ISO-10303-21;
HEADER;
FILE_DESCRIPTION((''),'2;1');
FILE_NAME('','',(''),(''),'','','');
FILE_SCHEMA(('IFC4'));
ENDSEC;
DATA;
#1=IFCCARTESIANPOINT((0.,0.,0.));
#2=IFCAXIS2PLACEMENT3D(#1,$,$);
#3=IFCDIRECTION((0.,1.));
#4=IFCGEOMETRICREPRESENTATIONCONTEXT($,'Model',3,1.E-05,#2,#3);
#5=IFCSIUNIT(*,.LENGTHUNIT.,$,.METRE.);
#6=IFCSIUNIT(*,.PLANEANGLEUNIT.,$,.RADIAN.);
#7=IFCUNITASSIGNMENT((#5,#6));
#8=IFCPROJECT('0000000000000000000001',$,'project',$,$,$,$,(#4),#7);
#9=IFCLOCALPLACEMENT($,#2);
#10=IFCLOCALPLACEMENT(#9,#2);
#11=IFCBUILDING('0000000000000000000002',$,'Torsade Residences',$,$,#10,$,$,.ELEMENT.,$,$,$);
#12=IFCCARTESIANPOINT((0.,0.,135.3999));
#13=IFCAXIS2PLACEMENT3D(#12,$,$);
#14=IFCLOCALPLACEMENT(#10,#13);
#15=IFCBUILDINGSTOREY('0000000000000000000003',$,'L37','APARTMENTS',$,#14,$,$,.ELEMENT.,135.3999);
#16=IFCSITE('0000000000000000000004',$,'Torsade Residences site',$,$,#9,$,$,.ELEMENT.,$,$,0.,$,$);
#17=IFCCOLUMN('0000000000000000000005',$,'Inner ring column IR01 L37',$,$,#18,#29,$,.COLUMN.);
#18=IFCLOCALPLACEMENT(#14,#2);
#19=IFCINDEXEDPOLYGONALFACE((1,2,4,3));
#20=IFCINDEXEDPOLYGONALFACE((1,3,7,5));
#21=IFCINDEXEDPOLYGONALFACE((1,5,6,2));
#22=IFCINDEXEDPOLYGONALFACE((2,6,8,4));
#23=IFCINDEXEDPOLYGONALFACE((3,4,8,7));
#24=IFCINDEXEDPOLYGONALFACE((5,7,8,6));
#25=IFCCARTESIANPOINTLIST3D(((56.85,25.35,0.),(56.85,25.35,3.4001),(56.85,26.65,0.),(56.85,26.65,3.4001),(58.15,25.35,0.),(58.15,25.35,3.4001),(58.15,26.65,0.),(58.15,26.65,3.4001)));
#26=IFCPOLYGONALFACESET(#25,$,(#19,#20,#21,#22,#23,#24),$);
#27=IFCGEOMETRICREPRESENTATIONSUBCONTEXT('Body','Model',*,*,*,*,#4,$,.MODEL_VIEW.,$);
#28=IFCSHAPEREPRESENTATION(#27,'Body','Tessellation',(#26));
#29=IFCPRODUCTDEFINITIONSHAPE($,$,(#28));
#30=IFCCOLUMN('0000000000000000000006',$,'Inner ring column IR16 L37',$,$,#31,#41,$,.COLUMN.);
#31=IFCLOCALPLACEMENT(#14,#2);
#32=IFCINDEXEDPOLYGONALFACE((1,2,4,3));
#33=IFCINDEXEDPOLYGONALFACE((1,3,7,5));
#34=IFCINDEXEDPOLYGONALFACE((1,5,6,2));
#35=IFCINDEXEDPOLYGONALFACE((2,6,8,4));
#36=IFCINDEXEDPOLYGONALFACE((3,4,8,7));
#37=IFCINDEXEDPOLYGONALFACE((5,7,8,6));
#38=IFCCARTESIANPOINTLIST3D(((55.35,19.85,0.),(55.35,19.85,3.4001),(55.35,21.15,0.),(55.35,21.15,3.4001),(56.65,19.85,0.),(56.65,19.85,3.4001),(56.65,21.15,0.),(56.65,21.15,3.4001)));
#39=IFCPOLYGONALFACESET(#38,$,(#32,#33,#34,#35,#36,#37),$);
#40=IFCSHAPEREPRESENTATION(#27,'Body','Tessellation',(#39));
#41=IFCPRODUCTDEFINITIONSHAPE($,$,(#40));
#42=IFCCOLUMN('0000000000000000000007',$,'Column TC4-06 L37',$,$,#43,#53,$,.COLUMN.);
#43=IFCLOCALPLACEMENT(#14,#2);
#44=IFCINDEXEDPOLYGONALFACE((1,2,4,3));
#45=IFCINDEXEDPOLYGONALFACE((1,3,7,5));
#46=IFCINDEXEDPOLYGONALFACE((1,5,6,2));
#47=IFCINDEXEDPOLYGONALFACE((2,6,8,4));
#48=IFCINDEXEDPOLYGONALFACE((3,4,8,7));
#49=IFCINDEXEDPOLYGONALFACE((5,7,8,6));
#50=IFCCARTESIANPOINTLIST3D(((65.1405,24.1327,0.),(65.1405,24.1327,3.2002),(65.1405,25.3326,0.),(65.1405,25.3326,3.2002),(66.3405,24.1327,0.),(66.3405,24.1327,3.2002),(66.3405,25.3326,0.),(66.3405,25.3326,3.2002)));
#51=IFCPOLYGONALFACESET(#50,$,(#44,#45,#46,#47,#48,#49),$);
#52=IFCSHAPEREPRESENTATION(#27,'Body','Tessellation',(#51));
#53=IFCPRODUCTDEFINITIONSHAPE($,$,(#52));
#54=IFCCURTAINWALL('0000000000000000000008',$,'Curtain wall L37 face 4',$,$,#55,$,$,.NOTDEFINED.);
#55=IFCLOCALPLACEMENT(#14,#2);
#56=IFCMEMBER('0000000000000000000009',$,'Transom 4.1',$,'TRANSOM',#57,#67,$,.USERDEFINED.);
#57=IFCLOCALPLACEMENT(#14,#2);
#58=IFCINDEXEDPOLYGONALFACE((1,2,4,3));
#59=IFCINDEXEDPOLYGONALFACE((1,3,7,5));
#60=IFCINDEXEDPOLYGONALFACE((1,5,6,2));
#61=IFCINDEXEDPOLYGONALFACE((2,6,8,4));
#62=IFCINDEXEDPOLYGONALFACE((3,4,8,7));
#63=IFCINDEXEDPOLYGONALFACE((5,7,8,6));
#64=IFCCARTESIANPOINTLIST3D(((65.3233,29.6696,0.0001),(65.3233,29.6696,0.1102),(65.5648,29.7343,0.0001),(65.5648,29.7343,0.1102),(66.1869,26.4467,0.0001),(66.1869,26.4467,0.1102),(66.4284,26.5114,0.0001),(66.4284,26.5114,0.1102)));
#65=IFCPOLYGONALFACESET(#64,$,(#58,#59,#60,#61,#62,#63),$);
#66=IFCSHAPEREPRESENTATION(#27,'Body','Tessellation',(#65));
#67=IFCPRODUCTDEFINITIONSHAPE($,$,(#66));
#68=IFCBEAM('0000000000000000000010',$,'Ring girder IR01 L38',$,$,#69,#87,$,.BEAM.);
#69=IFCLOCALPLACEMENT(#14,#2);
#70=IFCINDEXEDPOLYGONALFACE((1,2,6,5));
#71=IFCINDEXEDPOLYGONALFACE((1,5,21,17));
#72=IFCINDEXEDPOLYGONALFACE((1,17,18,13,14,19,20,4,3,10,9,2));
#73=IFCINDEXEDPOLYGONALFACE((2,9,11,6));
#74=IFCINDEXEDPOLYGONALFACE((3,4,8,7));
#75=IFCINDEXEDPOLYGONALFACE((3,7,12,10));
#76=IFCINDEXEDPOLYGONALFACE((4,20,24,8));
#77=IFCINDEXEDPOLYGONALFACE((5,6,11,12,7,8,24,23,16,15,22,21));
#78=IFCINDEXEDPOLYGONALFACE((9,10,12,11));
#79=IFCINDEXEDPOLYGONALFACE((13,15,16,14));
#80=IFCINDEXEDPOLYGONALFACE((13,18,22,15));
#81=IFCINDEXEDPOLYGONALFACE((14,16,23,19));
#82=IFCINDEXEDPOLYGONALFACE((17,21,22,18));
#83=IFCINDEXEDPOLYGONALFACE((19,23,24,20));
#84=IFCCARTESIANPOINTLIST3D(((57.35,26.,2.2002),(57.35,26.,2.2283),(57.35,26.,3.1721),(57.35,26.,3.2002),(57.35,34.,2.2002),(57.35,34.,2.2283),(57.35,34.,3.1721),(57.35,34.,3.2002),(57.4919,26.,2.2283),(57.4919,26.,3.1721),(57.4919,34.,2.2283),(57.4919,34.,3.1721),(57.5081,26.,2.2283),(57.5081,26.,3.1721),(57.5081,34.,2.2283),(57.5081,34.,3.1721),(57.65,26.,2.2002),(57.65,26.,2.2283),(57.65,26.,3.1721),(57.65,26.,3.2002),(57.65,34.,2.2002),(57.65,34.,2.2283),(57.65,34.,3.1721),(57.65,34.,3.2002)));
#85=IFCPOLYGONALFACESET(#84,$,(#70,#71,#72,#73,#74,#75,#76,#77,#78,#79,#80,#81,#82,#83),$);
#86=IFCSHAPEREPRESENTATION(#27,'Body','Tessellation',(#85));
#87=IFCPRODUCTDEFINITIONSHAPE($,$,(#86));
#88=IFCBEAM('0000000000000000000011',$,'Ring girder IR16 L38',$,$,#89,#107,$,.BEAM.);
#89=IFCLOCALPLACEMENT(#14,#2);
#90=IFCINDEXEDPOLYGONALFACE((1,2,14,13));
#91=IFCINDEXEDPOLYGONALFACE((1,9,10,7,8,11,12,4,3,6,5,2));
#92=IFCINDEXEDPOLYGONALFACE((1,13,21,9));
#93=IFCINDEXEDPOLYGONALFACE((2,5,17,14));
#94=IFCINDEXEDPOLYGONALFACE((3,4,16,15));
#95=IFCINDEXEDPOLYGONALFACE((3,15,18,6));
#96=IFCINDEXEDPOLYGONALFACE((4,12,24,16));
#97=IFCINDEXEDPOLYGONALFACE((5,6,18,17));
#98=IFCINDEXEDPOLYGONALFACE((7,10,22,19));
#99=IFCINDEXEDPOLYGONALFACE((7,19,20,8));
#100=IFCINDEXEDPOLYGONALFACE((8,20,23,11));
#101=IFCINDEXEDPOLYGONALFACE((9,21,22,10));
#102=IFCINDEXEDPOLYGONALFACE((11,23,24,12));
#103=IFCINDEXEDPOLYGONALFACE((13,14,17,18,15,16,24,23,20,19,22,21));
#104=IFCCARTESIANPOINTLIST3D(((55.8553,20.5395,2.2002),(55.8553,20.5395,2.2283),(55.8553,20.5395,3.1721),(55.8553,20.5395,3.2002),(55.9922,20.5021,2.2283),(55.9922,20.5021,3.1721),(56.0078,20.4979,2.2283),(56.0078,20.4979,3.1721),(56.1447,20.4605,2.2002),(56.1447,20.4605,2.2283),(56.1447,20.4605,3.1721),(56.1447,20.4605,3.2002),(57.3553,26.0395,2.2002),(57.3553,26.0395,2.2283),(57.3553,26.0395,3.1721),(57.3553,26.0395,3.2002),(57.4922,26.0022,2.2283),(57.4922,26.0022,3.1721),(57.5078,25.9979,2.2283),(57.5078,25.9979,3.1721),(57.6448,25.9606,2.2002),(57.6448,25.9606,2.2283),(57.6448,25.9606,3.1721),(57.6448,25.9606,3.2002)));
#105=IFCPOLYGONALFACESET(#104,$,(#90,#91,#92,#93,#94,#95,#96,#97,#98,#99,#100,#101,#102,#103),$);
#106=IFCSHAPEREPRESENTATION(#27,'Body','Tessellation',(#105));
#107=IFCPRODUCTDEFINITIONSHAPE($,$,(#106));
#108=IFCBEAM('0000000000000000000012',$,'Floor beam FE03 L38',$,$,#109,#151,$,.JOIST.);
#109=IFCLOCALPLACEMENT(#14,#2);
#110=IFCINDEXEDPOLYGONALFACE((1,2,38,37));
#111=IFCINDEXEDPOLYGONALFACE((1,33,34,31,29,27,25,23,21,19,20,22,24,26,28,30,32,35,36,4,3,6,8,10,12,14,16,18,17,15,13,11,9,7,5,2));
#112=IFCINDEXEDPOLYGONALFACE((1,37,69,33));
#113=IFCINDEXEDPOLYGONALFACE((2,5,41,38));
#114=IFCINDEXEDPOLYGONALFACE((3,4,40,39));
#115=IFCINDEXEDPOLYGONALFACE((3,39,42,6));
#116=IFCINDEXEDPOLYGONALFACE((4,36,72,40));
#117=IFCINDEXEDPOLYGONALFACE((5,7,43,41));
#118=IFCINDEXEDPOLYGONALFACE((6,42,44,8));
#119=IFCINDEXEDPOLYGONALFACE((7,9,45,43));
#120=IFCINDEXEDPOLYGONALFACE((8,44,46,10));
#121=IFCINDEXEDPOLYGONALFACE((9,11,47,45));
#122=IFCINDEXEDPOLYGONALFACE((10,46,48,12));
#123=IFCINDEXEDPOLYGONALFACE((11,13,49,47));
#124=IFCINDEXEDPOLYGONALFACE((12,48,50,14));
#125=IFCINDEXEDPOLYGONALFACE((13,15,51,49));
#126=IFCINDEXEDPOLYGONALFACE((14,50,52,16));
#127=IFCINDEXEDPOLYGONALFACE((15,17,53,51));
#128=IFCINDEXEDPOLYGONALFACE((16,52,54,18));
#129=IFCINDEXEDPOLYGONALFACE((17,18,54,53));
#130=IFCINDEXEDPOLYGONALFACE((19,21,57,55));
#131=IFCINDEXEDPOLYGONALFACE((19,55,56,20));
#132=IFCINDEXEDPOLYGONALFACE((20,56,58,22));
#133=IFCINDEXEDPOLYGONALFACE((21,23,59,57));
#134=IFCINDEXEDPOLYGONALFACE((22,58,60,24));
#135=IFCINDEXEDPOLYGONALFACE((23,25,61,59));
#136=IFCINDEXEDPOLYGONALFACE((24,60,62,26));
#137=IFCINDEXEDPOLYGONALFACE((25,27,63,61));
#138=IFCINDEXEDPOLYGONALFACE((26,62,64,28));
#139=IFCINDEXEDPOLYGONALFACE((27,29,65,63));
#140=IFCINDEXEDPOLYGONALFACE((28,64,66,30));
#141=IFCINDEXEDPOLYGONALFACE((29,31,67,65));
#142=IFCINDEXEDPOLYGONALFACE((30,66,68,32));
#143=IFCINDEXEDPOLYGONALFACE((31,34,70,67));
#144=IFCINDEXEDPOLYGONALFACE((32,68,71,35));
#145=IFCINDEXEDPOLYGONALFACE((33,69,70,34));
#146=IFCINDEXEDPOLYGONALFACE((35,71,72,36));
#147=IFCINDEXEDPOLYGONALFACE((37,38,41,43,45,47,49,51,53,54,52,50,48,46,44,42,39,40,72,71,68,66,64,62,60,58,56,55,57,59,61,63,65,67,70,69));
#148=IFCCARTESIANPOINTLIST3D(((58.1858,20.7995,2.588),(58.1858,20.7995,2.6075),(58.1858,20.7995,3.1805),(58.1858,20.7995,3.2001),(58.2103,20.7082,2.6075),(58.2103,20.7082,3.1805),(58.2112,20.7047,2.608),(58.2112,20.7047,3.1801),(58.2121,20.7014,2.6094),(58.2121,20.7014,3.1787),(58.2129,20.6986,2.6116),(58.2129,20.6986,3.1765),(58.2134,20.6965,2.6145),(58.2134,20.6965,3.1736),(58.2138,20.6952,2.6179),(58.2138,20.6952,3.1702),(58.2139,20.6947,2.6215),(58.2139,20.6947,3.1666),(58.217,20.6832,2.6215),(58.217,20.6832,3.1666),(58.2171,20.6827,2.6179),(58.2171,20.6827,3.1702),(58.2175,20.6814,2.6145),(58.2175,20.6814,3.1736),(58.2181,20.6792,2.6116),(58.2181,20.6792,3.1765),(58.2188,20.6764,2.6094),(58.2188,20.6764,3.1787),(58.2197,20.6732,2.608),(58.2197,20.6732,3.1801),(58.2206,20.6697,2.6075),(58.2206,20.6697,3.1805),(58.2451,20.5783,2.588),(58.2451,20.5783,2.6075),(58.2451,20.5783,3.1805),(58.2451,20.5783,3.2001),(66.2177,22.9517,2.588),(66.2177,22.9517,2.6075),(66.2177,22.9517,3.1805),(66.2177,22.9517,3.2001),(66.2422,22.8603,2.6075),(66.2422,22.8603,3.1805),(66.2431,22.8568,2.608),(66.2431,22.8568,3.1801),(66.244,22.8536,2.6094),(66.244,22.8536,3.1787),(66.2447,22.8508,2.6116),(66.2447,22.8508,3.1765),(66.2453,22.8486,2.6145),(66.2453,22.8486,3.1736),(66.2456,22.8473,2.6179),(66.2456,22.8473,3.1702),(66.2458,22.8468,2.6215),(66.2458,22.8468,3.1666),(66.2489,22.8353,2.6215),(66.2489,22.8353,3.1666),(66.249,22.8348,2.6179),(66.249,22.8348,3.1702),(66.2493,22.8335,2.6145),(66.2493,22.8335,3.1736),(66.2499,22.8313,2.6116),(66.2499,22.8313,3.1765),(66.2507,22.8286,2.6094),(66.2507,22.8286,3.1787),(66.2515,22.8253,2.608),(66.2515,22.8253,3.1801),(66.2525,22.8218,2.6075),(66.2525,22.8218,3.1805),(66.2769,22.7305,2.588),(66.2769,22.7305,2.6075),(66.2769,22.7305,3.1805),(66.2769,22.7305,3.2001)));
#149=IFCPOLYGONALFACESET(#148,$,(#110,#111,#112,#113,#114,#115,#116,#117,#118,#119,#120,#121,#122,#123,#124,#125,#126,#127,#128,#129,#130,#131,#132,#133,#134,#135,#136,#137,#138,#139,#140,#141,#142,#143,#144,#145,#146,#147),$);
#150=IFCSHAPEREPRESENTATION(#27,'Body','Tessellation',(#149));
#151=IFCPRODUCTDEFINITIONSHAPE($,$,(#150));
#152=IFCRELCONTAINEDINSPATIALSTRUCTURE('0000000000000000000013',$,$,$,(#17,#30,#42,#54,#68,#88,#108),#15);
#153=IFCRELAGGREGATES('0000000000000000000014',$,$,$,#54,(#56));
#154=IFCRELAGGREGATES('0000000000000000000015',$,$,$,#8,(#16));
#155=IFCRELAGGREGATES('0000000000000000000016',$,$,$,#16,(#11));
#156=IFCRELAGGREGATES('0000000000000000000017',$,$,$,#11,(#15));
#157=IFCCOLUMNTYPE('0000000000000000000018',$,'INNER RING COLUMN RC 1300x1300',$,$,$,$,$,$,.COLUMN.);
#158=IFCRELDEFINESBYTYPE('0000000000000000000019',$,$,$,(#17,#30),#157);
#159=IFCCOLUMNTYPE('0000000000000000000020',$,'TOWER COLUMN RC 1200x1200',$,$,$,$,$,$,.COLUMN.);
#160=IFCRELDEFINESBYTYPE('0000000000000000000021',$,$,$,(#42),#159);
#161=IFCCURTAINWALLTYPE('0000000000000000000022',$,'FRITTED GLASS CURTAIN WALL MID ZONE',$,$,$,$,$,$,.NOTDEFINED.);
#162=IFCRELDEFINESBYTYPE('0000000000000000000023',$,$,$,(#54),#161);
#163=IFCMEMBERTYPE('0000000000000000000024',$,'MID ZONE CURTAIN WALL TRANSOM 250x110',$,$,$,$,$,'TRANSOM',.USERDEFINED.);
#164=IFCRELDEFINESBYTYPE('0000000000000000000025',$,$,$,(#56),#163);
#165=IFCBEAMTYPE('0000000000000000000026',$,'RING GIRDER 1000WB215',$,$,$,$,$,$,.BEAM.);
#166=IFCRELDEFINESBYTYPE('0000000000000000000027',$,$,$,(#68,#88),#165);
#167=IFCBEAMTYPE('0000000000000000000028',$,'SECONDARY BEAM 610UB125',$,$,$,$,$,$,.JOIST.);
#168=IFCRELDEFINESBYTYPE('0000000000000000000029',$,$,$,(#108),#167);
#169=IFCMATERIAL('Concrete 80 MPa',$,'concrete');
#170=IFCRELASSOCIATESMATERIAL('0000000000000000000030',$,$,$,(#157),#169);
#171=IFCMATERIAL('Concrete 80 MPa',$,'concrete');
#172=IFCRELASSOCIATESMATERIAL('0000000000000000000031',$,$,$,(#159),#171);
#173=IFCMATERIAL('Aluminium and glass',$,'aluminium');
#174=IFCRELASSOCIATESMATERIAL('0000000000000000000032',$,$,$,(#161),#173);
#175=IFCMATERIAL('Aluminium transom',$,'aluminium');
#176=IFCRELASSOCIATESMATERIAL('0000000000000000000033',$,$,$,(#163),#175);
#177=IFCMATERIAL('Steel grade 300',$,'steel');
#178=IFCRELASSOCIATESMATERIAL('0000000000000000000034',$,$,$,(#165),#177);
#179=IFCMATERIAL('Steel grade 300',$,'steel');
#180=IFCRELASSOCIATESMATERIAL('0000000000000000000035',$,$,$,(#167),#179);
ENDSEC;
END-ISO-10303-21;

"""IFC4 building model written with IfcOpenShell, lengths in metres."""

from ifc_helpers import new_model, si_unit, direction, frame, origin, origin_2d, place, context, subcontext, project, spatial, rectangle, i_section, extrude, material, material_profile, profile_set, type_object, element, aggregate, save


model = new_model("IFC4")

# Units and contexts
model_context = context("Model", 3, precision=1e-05, world=origin(), true_north=direction((0.0, 1.0)))
body_context = subcontext(model_context, "Body", "Model", "MODEL_VIEW")
ifc_project = project(units=[si_unit("LENGTHUNIT", "METRE"), si_unit("PLANEANGLEUNIT", "RADIAN")], contexts=[model_context])

# Site, building, storey
site_placement = place(None, origin())
site = spatial("IfcSite", under=ifc_project, at=site_placement, Name="Torsade Residences site", CompositionType="ELEMENT", RefElevation=0.0)
building_placement = place(site_placement, origin())
building = spatial("IfcBuilding", under=site, at=building_placement, Name="Torsade Residences", CompositionType="ELEMENT")
storey_placement = place(building_placement, frame((0.0, 0.0, 135.3999)))
storey = spatial("IfcBuildingStorey", under=building, at=storey_placement, Name="L37", Description="APARTMENTS", CompositionType="ELEMENT", Elevation=135.3999)

# Columns
ifc_material_1 = material(Name="Concrete 80 MPa", Category="concrete")
ifc_material_profile_1 = material_profile(ifc_material_1, rectangle(XDim=1.3, YDim=1.3, at=origin_2d()), Name="RC 1300x1300")
ifc_profile_set_1 = profile_set([ifc_material_profile_1], Name="Concrete 80 MPa")
column_type_1 = type_object("IfcColumnType", Name="INNER RING COLUMN RC 1300x1300", PredefinedType="COLUMN", material=ifc_profile_set_1)
for number, where, z_axis, x_axis, name in (
    (1, (57.5, 26.0, 0.0), (0.0, 0.0, 1.0), (1.0, 0.0, 0.0), "Inner ring column IR01 L37"),
    (2, (56.0, 20.5, 0.0), (0.0, 0.0, 1.0), (1.0, 0.0, 0.0), "Inner ring column IR16 L37"),
):
    element("IfcColumn", number, at=place(storey_placement, frame(where, z_axis=z_axis, x_axis=x_axis)), inside=storey, type_object=column_type_1, Name=name, PredefinedType="COLUMN", context=body_context, shape_type="SweptSolid", body=[
        extrude(rectangle(XDim=1.3, YDim=1.3, at=origin_2d()), origin(), (0.0, 0.0, 1.0), 3.4001),
    ])
ifc_material_2 = material(Name="Concrete 80 MPa", Category="concrete")
ifc_material_profile_2 = material_profile(ifc_material_2, rectangle(XDim=1.2, YDim=1.2, at=origin_2d()), Name="RC 1200x1200")
ifc_profile_set_2 = profile_set([ifc_material_profile_2], Name="Concrete 80 MPa")
column_type_2 = type_object("IfcColumnType", Name="TOWER COLUMN RC 1200x1200", PredefinedType="COLUMN", material=ifc_profile_set_2)
column_placement = place(storey_placement, frame((65.7405, 24.7327, 0.0), z_axis=(0.0, 0.0, 1.0), x_axis=(1.0, 0.0, 0.0)))
element("IfcColumn", 3, at=column_placement, inside=storey, type_object=column_type_2, Name="Column TC4-06 L37", PredefinedType="COLUMN", context=body_context, shape_type="SweptSolid", body=[
    extrude(rectangle(XDim=1.2, YDim=1.2, at=origin_2d()), origin(), (0.0, 0.0, 1.0), 3.2002),
])

# Curtain wall, member
ifc_material_3 = material(Name="Aluminium and glass", Category="aluminium")
curtain_wall_type = type_object("IfcCurtainWallType", Name="FRITTED GLASS CURTAIN WALL MID ZONE", PredefinedType="NOTDEFINED", material=ifc_material_3)
curtain_wall_placement = place(storey_placement, origin())
curtain_wall = element("IfcCurtainWall", 4, at=curtain_wall_placement, inside=storey, type_object=curtain_wall_type, Name="Curtain wall L37 face 4", PredefinedType="NOTDEFINED")
ifc_material_4 = material(Name="Aluminium transom", Category="aluminium")
ifc_material_profile_3 = material_profile(ifc_material_4, rectangle(XDim=0.25, YDim=0.1101, at=origin_2d()), Name="MID ZONE CURTAIN WALL TRANSOM 250x110")
ifc_profile_set_3 = profile_set([ifc_material_profile_3], Name="Aluminium transom")
member_type_1 = type_object("IfcMemberType", Name="MID ZONE CURTAIN WALL TRANSOM 250x110", ElementType="TRANSOM", PredefinedType="USERDEFINED", material=ifc_profile_set_3)
member_1_placement = place(storey_placement, frame((66.3076, 26.479, 0.0552), z_axis=(-0.258806, 0.965929, 0.0), x_axis=(-0.965929, -0.258806, 0.0)))
member_1 = element("IfcMember", 5, at=member_1_placement, type_object=member_type_1, Name="Transom 4.1", ObjectType="TRANSOM", PredefinedType="USERDEFINED", context=body_context, shape_type="SweptSolid", body=[
    extrude(rectangle(XDim=0.25, YDim=0.1101, at=origin_2d()), origin(), (0.0, 0.0, 1.0), 3.3367),
])

# Beams
ifc_material_5 = material(Name="Steel grade 300", Category="steel")
ifc_material_profile_4 = material_profile(ifc_material_5, i_section(OverallWidth=0.3, OverallDepth=1.0, WebThickness=0.0161, FlangeThickness=0.0281, at=origin_2d()), Name="1000WB215")
ifc_profile_set_4 = profile_set([ifc_material_profile_4], Name="Steel grade 300")
beam_type_1 = type_object("IfcBeamType", Name="RING GIRDER 1000WB215", PredefinedType="BEAM", material=ifc_profile_set_4)
beam_1_placement = place(storey_placement, frame((57.5, 26.0, 2.7002), z_axis=(0.0, 1.0, 0.0), x_axis=(-1.0, 0.0, 0.0)))
element("IfcBeam", 6, at=beam_1_placement, inside=storey, type_object=beam_type_1, Name="Ring girder IR01 L38", PredefinedType="BEAM", context=body_context, shape_type="SweptSolid", body=[
    extrude(i_section(OverallWidth=0.3, OverallDepth=1.0, WebThickness=0.0161, FlangeThickness=0.0281, at=origin_2d()), origin(), (0.0, 0.0, 1.0), 8.0),
])
beam_2_placement = place(storey_placement, frame((56.0, 20.5, 2.7002), z_axis=(0.263117, 0.964764, 0.0), x_axis=(-0.964764, 0.263117, 0.0)))
element("IfcBeam", 7, at=beam_2_placement, inside=storey, type_object=beam_type_1, Name="Ring girder IR16 L38", PredefinedType="BEAM", context=body_context, shape_type="SweptSolid", body=[
    extrude(i_section(OverallWidth=0.3, OverallDepth=1.0, WebThickness=0.0161, FlangeThickness=0.0281, at=origin_2d()), origin(), (0.0, 0.0, 1.0), 5.7009),
])
ifc_material_6 = material(Name="Steel grade 300", Category="steel")
ifc_material_profile_5 = material_profile(ifc_material_6, i_section(OverallWidth=0.229, OverallDepth=0.6121, WebThickness=0.012, FlangeThickness=0.0195, FilletRadius=0.0139, at=origin_2d()), Name="610UB125")
ifc_profile_set_5 = profile_set([ifc_material_profile_5], Name="Steel grade 300")
beam_type_2 = type_object("IfcBeamType", Name="SECONDARY BEAM 610UB125", PredefinedType="JOIST", material=ifc_profile_set_5)
beam_3_placement = place(storey_placement, frame((66.2473, 22.8411, 2.894), z_axis=(-0.965926, -0.258819, 0.0), x_axis=(0.258819, -0.965926, 0.0)))
element("IfcBeam", 8, at=beam_3_placement, inside=storey, type_object=beam_type_2, Name="Floor beam FE03 L38", PredefinedType="JOIST", context=body_context, shape_type="SweptSolid", body=[
    extrude(i_section(OverallWidth=0.229, OverallDepth=0.6121, WebThickness=0.012, FlangeThickness=0.0195, FilletRadius=0.0139, at=origin_2d()), origin(), (0.0, 0.0, 1.0), 8.3152),
])

aggregate(curtain_wall, [member_1])

save(model, "model.ifc")
